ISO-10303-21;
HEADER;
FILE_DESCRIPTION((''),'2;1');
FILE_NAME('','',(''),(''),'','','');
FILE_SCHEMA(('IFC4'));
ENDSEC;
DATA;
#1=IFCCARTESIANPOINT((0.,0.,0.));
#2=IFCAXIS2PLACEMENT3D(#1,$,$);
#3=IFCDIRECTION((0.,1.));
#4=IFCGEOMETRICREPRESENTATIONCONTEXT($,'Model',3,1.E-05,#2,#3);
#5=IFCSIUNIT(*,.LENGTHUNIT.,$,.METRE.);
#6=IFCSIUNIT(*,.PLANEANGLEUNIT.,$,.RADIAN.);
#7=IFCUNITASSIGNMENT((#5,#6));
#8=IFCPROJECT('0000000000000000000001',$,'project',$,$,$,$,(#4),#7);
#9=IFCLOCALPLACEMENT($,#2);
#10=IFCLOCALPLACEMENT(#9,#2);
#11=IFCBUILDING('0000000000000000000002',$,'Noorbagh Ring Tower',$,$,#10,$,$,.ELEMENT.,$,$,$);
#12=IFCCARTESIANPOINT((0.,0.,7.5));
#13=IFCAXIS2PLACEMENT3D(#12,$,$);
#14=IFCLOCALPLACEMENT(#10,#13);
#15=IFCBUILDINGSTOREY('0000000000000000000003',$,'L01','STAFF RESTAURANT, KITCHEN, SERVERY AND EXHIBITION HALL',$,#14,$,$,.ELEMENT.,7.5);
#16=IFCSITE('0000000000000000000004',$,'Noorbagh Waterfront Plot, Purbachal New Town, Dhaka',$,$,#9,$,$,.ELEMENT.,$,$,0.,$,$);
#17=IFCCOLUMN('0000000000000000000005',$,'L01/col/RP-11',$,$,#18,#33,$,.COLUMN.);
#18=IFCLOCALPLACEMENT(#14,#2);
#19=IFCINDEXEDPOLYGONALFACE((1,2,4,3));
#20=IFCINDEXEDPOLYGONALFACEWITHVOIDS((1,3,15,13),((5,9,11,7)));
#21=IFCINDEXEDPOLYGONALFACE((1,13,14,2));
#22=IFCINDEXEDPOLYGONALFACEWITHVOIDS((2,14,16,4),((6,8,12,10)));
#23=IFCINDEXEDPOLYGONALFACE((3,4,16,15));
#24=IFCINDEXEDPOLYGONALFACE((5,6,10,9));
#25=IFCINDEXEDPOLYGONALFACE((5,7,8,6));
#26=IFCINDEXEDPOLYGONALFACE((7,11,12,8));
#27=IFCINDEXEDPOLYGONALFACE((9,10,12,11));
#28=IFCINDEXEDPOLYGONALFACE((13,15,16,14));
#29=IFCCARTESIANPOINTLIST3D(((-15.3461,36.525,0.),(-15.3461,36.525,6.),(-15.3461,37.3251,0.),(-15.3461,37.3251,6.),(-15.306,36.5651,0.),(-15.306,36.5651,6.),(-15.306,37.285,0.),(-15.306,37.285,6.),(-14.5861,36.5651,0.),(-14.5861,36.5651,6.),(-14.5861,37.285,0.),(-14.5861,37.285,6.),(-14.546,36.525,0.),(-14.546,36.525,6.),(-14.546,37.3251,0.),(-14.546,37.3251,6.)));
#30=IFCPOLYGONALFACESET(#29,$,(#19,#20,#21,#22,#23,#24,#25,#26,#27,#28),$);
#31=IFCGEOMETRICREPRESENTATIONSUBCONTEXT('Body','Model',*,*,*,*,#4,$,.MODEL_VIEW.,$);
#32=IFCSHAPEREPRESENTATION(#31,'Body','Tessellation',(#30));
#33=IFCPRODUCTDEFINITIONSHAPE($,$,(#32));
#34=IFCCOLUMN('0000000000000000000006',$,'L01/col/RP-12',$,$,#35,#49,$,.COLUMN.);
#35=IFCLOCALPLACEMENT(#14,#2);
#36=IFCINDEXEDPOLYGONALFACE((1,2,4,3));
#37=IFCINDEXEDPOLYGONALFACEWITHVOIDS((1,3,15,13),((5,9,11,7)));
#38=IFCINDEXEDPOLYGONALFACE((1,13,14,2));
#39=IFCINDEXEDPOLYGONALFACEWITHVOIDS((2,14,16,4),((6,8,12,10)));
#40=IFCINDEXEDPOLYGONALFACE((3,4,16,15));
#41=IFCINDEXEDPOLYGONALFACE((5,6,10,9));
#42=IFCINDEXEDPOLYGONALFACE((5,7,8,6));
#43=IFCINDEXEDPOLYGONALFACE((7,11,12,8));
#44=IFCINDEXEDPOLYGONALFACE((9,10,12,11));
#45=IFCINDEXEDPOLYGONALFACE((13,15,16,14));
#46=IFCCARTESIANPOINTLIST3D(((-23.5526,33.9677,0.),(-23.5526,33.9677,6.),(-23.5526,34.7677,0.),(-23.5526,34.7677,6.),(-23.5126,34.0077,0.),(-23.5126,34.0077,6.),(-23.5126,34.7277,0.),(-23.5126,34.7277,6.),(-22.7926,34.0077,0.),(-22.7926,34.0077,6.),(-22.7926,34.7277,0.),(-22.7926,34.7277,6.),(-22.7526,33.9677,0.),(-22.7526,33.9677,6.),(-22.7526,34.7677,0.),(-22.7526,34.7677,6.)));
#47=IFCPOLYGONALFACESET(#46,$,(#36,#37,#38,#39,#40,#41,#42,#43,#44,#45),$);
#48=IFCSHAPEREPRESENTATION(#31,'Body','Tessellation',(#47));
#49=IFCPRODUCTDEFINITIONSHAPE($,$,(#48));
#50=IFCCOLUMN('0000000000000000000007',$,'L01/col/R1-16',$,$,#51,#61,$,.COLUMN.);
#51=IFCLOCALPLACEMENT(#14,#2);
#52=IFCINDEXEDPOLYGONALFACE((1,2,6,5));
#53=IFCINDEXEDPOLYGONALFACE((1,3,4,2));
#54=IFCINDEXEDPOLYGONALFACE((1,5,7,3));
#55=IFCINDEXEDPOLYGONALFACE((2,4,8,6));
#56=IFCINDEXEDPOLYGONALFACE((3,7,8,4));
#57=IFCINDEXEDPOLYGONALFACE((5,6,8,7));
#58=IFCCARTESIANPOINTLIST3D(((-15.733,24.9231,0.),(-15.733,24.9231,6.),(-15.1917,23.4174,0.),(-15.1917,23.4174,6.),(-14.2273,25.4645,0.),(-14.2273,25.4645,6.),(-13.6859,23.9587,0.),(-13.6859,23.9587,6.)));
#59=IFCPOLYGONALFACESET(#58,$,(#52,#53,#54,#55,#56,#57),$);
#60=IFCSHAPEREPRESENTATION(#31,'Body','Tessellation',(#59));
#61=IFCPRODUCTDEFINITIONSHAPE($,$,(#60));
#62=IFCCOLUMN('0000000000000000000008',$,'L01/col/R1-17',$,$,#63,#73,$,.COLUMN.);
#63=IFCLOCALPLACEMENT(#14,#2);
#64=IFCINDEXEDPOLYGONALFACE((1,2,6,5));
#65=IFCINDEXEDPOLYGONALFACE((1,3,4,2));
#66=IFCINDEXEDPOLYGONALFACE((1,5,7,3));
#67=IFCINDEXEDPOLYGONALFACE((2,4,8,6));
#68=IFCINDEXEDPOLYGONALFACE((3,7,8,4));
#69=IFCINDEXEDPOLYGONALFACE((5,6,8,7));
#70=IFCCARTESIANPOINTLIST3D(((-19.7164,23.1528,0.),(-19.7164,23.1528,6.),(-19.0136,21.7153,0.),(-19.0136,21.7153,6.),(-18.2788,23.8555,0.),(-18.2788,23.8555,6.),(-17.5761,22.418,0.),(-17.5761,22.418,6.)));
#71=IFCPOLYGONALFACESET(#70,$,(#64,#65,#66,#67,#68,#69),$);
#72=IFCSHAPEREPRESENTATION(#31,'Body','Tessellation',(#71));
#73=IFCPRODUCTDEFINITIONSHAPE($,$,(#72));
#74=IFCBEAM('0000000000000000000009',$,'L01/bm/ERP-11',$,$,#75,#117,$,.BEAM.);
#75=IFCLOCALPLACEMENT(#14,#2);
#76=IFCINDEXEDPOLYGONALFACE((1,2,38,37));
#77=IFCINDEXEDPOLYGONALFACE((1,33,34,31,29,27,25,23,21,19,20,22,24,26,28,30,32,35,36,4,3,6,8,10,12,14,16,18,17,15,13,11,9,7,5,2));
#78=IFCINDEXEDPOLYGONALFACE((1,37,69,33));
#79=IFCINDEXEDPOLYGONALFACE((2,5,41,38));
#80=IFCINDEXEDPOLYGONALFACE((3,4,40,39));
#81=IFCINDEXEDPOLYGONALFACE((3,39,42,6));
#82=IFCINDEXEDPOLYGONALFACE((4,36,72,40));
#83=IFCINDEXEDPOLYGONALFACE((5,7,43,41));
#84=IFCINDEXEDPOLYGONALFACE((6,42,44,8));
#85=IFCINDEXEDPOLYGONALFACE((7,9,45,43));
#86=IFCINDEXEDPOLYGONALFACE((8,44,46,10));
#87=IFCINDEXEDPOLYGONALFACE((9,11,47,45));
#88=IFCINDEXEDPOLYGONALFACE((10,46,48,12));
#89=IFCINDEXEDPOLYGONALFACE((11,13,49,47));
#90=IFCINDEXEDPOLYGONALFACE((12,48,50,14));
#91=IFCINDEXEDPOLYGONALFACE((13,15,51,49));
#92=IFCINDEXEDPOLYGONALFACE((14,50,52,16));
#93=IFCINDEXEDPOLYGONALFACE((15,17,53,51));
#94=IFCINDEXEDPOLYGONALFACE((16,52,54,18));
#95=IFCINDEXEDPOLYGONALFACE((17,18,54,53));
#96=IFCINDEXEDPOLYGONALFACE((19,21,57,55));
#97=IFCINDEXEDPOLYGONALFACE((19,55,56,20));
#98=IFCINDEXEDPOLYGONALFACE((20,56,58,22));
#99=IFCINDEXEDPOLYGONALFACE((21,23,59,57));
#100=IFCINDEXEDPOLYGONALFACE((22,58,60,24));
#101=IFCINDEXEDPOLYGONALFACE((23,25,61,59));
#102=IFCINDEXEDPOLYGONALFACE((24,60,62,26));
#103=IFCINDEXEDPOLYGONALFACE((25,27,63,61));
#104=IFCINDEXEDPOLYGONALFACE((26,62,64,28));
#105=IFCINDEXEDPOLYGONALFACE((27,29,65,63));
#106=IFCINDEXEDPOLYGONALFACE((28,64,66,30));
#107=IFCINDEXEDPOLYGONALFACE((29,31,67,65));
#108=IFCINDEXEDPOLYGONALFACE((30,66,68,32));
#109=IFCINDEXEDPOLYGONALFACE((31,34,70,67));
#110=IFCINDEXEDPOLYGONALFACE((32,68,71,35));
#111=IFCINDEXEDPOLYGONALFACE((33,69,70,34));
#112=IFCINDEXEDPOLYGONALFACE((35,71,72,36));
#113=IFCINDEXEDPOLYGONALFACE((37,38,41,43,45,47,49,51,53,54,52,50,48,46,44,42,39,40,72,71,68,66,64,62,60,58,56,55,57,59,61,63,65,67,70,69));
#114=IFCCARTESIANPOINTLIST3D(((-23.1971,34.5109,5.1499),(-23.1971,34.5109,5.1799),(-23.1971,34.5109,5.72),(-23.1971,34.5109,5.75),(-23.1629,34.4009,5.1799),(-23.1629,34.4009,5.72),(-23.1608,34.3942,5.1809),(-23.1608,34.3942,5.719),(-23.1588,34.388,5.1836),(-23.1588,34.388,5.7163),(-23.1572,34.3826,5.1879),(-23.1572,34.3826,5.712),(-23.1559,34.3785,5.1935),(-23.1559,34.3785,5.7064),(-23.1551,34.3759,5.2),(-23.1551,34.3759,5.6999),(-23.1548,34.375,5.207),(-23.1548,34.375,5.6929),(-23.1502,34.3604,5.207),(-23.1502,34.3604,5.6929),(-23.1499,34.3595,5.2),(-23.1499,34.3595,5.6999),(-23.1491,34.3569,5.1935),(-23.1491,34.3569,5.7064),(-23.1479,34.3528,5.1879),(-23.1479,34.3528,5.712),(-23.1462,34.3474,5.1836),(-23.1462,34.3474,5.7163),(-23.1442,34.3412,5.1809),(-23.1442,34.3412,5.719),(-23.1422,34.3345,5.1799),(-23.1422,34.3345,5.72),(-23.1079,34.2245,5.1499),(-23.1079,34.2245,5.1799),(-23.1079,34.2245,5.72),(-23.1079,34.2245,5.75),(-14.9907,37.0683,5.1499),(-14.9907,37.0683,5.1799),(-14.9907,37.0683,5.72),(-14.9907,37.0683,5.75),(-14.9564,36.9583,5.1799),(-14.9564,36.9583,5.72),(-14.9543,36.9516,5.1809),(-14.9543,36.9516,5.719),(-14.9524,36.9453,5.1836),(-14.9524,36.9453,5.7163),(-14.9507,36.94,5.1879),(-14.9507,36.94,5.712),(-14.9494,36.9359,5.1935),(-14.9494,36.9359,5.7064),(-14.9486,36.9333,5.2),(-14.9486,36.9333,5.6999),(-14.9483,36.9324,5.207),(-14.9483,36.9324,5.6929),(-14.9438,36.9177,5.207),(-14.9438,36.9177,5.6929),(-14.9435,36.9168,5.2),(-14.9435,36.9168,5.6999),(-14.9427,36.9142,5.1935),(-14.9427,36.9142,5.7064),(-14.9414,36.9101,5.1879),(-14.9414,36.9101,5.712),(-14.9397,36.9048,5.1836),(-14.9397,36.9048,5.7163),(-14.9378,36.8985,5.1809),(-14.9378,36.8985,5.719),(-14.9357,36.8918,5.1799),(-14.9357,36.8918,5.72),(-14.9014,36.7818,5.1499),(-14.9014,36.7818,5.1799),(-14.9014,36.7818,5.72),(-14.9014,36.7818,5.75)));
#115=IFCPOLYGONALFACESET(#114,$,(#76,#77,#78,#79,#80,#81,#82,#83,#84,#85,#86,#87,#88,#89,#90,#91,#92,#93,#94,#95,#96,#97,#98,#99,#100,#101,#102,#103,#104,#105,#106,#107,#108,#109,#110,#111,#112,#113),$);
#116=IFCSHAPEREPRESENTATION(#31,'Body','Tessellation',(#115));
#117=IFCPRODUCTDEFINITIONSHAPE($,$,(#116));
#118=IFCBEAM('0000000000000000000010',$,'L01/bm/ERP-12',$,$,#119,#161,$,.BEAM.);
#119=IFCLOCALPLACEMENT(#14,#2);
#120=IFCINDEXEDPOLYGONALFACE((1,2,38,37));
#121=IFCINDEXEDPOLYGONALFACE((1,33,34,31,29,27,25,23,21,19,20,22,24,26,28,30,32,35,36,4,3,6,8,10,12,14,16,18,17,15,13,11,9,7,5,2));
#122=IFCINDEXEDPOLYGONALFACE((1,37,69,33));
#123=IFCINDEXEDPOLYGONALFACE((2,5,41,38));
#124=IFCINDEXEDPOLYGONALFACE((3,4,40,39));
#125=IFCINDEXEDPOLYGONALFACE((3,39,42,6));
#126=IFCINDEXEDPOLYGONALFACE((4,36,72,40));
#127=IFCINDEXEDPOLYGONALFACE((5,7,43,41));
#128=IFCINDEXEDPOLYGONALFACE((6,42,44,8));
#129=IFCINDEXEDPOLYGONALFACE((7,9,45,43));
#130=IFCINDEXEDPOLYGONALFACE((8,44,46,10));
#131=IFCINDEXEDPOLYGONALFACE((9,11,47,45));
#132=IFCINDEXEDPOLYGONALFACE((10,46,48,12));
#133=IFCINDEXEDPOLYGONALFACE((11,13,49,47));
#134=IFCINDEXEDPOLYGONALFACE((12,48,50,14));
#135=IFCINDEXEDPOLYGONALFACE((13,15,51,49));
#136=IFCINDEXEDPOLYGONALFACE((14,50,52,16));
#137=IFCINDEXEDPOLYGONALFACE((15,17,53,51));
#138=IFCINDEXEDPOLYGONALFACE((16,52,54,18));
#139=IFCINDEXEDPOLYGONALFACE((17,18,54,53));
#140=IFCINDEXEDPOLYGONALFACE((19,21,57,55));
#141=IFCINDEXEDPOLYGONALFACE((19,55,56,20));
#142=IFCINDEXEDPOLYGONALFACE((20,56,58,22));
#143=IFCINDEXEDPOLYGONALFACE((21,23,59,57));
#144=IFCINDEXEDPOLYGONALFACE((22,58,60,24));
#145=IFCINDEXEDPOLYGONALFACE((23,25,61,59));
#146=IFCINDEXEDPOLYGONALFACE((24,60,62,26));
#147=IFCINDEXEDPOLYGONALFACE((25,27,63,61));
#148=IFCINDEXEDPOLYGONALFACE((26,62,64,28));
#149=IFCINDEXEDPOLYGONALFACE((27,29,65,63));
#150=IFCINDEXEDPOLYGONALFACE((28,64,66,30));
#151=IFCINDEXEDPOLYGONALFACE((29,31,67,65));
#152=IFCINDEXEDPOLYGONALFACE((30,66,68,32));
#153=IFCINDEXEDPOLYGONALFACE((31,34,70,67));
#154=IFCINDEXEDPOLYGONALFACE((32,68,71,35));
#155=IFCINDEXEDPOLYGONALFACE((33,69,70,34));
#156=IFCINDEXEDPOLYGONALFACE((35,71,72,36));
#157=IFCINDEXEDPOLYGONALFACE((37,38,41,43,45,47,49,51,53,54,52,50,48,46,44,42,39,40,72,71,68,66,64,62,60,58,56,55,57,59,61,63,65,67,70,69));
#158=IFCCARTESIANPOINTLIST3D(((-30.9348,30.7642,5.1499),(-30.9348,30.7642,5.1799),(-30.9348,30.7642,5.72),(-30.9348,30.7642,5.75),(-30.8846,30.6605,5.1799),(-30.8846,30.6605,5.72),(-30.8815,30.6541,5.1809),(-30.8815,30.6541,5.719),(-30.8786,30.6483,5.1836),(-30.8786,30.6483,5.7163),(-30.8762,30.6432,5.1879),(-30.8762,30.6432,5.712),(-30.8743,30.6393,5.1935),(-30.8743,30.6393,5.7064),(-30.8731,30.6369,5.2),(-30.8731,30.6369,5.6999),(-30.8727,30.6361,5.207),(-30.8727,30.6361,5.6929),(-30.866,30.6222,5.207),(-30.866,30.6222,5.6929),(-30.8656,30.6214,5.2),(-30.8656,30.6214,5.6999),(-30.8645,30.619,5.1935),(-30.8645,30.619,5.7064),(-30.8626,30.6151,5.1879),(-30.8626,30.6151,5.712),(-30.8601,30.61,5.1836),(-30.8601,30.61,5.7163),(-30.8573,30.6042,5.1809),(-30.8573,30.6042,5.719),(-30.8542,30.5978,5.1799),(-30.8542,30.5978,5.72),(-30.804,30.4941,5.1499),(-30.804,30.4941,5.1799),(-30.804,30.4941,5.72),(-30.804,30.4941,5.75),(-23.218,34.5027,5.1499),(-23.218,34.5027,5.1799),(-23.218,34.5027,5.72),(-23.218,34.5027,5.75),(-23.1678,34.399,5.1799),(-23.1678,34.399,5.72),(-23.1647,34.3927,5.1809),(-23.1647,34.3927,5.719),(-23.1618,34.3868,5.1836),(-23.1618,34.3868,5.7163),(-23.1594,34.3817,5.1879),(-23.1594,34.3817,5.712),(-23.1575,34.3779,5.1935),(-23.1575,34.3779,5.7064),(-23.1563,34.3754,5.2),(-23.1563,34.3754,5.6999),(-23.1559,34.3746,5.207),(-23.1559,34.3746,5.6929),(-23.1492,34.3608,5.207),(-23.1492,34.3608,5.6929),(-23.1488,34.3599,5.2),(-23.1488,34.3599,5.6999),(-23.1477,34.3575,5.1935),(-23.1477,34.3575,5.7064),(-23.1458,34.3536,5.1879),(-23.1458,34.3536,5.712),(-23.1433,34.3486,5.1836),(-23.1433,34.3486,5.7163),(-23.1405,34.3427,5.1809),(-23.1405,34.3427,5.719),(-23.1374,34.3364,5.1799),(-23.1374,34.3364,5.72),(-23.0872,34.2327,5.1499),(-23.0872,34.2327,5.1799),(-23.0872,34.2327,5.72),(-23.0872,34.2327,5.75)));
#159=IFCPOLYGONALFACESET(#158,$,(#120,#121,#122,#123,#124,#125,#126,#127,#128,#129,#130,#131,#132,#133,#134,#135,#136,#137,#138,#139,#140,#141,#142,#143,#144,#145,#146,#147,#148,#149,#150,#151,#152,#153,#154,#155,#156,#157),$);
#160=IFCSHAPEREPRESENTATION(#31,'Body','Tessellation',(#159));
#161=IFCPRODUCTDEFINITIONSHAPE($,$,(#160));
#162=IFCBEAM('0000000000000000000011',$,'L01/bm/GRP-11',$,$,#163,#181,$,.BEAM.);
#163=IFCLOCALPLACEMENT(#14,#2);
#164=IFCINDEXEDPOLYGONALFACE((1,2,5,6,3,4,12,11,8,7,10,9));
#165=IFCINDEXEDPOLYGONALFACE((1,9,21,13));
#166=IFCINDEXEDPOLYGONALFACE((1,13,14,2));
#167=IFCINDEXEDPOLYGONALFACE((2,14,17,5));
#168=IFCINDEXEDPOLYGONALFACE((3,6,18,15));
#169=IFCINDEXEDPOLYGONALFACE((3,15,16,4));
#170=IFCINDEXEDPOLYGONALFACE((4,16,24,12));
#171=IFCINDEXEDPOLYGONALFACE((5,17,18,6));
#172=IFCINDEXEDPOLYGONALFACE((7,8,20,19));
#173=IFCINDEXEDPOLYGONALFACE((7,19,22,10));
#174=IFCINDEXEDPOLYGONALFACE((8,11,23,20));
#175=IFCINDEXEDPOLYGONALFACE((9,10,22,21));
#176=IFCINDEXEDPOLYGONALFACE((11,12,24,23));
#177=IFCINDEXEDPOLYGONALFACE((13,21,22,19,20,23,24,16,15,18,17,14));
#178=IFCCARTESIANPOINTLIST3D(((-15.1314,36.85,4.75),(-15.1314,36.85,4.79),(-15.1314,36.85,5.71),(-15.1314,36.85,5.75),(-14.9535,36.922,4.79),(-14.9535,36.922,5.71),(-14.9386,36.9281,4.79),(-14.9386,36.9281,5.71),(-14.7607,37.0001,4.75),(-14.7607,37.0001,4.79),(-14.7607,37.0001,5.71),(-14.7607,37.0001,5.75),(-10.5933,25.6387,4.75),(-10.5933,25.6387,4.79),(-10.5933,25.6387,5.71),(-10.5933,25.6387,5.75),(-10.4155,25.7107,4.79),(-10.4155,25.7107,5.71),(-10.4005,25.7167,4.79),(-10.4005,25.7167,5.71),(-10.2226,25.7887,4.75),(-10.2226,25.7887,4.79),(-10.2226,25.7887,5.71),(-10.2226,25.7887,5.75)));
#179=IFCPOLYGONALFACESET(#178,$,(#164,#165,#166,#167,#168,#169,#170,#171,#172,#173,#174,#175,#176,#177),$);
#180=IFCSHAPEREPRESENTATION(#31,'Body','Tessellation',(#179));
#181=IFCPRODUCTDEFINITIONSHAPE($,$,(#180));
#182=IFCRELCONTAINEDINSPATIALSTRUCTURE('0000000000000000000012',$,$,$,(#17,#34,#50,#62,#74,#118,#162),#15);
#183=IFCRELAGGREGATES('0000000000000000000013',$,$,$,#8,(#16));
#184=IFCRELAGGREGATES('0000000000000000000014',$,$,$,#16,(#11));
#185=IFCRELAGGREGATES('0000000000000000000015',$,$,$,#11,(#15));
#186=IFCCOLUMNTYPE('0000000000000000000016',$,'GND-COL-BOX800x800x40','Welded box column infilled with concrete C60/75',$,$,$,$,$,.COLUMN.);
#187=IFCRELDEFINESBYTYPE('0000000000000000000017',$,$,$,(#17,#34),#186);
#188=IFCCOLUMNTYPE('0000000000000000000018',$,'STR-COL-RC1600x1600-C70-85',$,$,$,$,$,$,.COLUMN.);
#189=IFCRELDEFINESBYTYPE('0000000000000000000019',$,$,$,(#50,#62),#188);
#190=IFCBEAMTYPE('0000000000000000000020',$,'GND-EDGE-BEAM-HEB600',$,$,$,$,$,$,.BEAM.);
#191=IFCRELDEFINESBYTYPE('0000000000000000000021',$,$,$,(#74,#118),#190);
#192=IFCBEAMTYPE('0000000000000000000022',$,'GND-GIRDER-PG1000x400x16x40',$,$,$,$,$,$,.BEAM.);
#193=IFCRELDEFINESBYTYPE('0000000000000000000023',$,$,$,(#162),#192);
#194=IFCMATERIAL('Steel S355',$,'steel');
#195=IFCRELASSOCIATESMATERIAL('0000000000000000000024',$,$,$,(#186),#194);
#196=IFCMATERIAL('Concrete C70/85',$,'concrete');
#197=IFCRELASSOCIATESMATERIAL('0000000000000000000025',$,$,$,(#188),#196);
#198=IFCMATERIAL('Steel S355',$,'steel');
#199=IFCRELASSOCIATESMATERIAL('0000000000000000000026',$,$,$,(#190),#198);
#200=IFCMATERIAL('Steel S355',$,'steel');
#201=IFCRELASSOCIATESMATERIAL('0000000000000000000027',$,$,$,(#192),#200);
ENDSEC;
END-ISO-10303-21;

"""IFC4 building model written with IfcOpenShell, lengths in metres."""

from ifc_helpers import new_model, si_unit, direction, frame, origin, origin_2d, place, context, subcontext, project, spatial, rectangle, hollow_rectangle, i_section, extrude, material, material_profile, profile_set, type_object, element, save


model = new_model("IFC4")

# Units and contexts
model_context = context("Model", 3, precision=1e-05, world=origin(), true_north=direction((0.0, 1.0)))
body_context = subcontext(model_context, "Body", "Model", "MODEL_VIEW")
ifc_project = project(units=[si_unit("LENGTHUNIT", "METRE"), si_unit("PLANEANGLEUNIT", "RADIAN")], contexts=[model_context])

# Site, building, storey
site_placement = place(None, origin())
site = spatial("IfcSite", under=ifc_project, at=site_placement, Name="Noorbagh Waterfront Plot, Purbachal New Town, Dhaka", CompositionType="ELEMENT", RefElevation=0.0)
building_placement = place(site_placement, origin())
building = spatial("IfcBuilding", under=site, at=building_placement, Name="Noorbagh Ring Tower", CompositionType="ELEMENT")
storey_placement = place(building_placement, frame((0.0, 0.0, 7.5)))
storey = spatial("IfcBuildingStorey", under=building, at=storey_placement, Name="L01", Description="STAFF RESTAURANT, KITCHEN, SERVERY AND EXHIBITION HALL", CompositionType="ELEMENT", Elevation=7.5)

# Columns
ifc_material_1 = material(Name="Steel S355", Category="steel")
ifc_material_profile_1 = material_profile(ifc_material_1, hollow_rectangle(XDim=0.8, YDim=0.8, WallThickness=0.04, at=origin_2d()), Name="BOX800x800x40")
ifc_profile_set_1 = profile_set([ifc_material_profile_1], Name="Steel S355")
column_type_1 = type_object("IfcColumnType", Name="GND-COL-BOX800x800x40", Description="Welded box column infilled with concrete C60/75", PredefinedType="COLUMN", material=ifc_profile_set_1)
for number, where, z_axis, x_axis, name in (
    (1, (-14.946, 36.925, 0.0), (0.0, 0.0, 1.0), (1.0, 0.0, 0.0), "L01/col/RP-11"),
    (2, (-23.1526, 34.3677, 0.0), (0.0, 0.0, 1.0), (1.0, 0.0, 0.0), "L01/col/RP-12"),
):
    element("IfcColumn", number, at=place(storey_placement, frame(where, z_axis=z_axis, x_axis=x_axis)), inside=storey, type_object=column_type_1, Name=name, PredefinedType="COLUMN", context=body_context, shape_type="SweptSolid", body=[
        extrude(hollow_rectangle(XDim=0.8, YDim=0.8, WallThickness=0.04, at=origin_2d()), origin(), (0.0, 0.0, 1.0), 6.0),
    ])
ifc_material_2 = material(Name="Concrete C70/85", Category="concrete")
ifc_material_profile_2 = material_profile(ifc_material_2, rectangle(XDim=1.6001, YDim=1.6001, at=origin_2d()), Name="RC1600x1600")
ifc_profile_set_2 = profile_set([ifc_material_profile_2], Name="Concrete C70/85")
column_type_2 = type_object("IfcColumnType", Name="STR-COL-RC1600x1600-C70-85", PredefinedType="COLUMN", material=ifc_profile_set_2)
for number, where, z_axis, x_axis, name in (
    (3, (-14.7095, 24.4409, 0.0), (0.0, 0.0, 1.0), (-0.941025, -0.338338, 0.0), "L01/col/R1-16"),
    (4, (-18.6462, 22.7854, 0.0), (0.0, 0.0, 1.0), (-0.898399, -0.43918, 0.0), "L01/col/R1-17"),
):
    element("IfcColumn", number, at=place(storey_placement, frame(where, z_axis=z_axis, x_axis=x_axis)), inside=storey, type_object=column_type_2, Name=name, PredefinedType="COLUMN", context=body_context, shape_type="SweptSolid", body=[
        extrude(rectangle(XDim=1.6001, YDim=1.6001, at=origin_2d()), origin(), (0.0, 0.0, 1.0), 6.0),
    ])

# Beams
ifc_material_3 = material(Name="Steel S355", Category="steel")
ifc_material_profile_3 = material_profile(ifc_material_3, i_section(OverallWidth=0.3, OverallDepth=0.6001, WebThickness=0.0154, FlangeThickness=0.03, FilletRadius=0.0271, at=origin_2d()), Name="HEB600")
ifc_profile_set_3 = profile_set([ifc_material_profile_3], Name="Steel S355")
beam_type_1 = type_object("IfcBeamType", Name="GND-EDGE-BEAM-HEB600", PredefinedType="BEAM", material=ifc_profile_set_3)
beam_1_placement = place(storey_placement, frame((-14.946, 36.925, 5.45), z_axis=(-0.954717, -0.297515, 0.0), x_axis=(0.297515, -0.954717, 0.0)))
element("IfcBeam", 5, at=beam_1_placement, inside=storey, type_object=beam_type_1, Name="L01/bm/ERP-11", PredefinedType="BEAM", context=body_context, shape_type="SweptSolid", body=[
    extrude(i_section(OverallWidth=0.3, OverallDepth=0.6001, WebThickness=0.0154, FlangeThickness=0.03, FilletRadius=0.0271, at=origin_2d()), origin(), (0.0, 0.0, 1.0), 8.5957),
])
beam_2_placement = place(storey_placement, frame((-23.1526, 34.3677, 5.45), z_axis=(-0.899949, -0.435995, 0.0), x_axis=(0.435995, -0.899949, 0.0)))
element("IfcBeam", 6, at=beam_2_placement, inside=storey, type_object=beam_type_1, Name="L01/bm/ERP-12", PredefinedType="BEAM", context=body_context, shape_type="SweptSolid", body=[
    extrude(i_section(OverallWidth=0.3, OverallDepth=0.6001, WebThickness=0.0154, FlangeThickness=0.03, FilletRadius=0.0271, at=origin_2d()), origin(), (0.0, 0.0, 1.0), 8.5747),
])
ifc_material_4 = material(Name="Steel S355", Category="steel")
ifc_material_profile_4 = material_profile(ifc_material_4, i_section(OverallWidth=0.3999, OverallDepth=1.0, WebThickness=0.0161, FlangeThickness=0.04, at=origin_2d()), Name="PG1000x400x16x40")
ifc_profile_set_4 = profile_set([ifc_material_profile_4], Name="Steel S355")
beam_type_2 = type_object("IfcBeamType", Name="GND-GIRDER-PG1000x400x16x40", PredefinedType="BEAM", material=ifc_profile_set_4)
beam_3_placement = place(storey_placement, frame((-14.946, 36.925, 5.25), z_axis=(0.375202, -0.926943, 0.0), x_axis=(0.926943, 0.375202, 0.0)))
element("IfcBeam", 7, at=beam_3_placement, inside=storey, type_object=beam_type_2, Name="L01/bm/GRP-11", PredefinedType="BEAM", context=body_context, shape_type="SweptSolid", body=[
    extrude(i_section(OverallWidth=0.3999, OverallDepth=1.0, WebThickness=0.0161, FlangeThickness=0.04, at=origin_2d()), origin(), (0.0, 0.0, 1.0), 12.095),
])

save(model, "model.ifc")
